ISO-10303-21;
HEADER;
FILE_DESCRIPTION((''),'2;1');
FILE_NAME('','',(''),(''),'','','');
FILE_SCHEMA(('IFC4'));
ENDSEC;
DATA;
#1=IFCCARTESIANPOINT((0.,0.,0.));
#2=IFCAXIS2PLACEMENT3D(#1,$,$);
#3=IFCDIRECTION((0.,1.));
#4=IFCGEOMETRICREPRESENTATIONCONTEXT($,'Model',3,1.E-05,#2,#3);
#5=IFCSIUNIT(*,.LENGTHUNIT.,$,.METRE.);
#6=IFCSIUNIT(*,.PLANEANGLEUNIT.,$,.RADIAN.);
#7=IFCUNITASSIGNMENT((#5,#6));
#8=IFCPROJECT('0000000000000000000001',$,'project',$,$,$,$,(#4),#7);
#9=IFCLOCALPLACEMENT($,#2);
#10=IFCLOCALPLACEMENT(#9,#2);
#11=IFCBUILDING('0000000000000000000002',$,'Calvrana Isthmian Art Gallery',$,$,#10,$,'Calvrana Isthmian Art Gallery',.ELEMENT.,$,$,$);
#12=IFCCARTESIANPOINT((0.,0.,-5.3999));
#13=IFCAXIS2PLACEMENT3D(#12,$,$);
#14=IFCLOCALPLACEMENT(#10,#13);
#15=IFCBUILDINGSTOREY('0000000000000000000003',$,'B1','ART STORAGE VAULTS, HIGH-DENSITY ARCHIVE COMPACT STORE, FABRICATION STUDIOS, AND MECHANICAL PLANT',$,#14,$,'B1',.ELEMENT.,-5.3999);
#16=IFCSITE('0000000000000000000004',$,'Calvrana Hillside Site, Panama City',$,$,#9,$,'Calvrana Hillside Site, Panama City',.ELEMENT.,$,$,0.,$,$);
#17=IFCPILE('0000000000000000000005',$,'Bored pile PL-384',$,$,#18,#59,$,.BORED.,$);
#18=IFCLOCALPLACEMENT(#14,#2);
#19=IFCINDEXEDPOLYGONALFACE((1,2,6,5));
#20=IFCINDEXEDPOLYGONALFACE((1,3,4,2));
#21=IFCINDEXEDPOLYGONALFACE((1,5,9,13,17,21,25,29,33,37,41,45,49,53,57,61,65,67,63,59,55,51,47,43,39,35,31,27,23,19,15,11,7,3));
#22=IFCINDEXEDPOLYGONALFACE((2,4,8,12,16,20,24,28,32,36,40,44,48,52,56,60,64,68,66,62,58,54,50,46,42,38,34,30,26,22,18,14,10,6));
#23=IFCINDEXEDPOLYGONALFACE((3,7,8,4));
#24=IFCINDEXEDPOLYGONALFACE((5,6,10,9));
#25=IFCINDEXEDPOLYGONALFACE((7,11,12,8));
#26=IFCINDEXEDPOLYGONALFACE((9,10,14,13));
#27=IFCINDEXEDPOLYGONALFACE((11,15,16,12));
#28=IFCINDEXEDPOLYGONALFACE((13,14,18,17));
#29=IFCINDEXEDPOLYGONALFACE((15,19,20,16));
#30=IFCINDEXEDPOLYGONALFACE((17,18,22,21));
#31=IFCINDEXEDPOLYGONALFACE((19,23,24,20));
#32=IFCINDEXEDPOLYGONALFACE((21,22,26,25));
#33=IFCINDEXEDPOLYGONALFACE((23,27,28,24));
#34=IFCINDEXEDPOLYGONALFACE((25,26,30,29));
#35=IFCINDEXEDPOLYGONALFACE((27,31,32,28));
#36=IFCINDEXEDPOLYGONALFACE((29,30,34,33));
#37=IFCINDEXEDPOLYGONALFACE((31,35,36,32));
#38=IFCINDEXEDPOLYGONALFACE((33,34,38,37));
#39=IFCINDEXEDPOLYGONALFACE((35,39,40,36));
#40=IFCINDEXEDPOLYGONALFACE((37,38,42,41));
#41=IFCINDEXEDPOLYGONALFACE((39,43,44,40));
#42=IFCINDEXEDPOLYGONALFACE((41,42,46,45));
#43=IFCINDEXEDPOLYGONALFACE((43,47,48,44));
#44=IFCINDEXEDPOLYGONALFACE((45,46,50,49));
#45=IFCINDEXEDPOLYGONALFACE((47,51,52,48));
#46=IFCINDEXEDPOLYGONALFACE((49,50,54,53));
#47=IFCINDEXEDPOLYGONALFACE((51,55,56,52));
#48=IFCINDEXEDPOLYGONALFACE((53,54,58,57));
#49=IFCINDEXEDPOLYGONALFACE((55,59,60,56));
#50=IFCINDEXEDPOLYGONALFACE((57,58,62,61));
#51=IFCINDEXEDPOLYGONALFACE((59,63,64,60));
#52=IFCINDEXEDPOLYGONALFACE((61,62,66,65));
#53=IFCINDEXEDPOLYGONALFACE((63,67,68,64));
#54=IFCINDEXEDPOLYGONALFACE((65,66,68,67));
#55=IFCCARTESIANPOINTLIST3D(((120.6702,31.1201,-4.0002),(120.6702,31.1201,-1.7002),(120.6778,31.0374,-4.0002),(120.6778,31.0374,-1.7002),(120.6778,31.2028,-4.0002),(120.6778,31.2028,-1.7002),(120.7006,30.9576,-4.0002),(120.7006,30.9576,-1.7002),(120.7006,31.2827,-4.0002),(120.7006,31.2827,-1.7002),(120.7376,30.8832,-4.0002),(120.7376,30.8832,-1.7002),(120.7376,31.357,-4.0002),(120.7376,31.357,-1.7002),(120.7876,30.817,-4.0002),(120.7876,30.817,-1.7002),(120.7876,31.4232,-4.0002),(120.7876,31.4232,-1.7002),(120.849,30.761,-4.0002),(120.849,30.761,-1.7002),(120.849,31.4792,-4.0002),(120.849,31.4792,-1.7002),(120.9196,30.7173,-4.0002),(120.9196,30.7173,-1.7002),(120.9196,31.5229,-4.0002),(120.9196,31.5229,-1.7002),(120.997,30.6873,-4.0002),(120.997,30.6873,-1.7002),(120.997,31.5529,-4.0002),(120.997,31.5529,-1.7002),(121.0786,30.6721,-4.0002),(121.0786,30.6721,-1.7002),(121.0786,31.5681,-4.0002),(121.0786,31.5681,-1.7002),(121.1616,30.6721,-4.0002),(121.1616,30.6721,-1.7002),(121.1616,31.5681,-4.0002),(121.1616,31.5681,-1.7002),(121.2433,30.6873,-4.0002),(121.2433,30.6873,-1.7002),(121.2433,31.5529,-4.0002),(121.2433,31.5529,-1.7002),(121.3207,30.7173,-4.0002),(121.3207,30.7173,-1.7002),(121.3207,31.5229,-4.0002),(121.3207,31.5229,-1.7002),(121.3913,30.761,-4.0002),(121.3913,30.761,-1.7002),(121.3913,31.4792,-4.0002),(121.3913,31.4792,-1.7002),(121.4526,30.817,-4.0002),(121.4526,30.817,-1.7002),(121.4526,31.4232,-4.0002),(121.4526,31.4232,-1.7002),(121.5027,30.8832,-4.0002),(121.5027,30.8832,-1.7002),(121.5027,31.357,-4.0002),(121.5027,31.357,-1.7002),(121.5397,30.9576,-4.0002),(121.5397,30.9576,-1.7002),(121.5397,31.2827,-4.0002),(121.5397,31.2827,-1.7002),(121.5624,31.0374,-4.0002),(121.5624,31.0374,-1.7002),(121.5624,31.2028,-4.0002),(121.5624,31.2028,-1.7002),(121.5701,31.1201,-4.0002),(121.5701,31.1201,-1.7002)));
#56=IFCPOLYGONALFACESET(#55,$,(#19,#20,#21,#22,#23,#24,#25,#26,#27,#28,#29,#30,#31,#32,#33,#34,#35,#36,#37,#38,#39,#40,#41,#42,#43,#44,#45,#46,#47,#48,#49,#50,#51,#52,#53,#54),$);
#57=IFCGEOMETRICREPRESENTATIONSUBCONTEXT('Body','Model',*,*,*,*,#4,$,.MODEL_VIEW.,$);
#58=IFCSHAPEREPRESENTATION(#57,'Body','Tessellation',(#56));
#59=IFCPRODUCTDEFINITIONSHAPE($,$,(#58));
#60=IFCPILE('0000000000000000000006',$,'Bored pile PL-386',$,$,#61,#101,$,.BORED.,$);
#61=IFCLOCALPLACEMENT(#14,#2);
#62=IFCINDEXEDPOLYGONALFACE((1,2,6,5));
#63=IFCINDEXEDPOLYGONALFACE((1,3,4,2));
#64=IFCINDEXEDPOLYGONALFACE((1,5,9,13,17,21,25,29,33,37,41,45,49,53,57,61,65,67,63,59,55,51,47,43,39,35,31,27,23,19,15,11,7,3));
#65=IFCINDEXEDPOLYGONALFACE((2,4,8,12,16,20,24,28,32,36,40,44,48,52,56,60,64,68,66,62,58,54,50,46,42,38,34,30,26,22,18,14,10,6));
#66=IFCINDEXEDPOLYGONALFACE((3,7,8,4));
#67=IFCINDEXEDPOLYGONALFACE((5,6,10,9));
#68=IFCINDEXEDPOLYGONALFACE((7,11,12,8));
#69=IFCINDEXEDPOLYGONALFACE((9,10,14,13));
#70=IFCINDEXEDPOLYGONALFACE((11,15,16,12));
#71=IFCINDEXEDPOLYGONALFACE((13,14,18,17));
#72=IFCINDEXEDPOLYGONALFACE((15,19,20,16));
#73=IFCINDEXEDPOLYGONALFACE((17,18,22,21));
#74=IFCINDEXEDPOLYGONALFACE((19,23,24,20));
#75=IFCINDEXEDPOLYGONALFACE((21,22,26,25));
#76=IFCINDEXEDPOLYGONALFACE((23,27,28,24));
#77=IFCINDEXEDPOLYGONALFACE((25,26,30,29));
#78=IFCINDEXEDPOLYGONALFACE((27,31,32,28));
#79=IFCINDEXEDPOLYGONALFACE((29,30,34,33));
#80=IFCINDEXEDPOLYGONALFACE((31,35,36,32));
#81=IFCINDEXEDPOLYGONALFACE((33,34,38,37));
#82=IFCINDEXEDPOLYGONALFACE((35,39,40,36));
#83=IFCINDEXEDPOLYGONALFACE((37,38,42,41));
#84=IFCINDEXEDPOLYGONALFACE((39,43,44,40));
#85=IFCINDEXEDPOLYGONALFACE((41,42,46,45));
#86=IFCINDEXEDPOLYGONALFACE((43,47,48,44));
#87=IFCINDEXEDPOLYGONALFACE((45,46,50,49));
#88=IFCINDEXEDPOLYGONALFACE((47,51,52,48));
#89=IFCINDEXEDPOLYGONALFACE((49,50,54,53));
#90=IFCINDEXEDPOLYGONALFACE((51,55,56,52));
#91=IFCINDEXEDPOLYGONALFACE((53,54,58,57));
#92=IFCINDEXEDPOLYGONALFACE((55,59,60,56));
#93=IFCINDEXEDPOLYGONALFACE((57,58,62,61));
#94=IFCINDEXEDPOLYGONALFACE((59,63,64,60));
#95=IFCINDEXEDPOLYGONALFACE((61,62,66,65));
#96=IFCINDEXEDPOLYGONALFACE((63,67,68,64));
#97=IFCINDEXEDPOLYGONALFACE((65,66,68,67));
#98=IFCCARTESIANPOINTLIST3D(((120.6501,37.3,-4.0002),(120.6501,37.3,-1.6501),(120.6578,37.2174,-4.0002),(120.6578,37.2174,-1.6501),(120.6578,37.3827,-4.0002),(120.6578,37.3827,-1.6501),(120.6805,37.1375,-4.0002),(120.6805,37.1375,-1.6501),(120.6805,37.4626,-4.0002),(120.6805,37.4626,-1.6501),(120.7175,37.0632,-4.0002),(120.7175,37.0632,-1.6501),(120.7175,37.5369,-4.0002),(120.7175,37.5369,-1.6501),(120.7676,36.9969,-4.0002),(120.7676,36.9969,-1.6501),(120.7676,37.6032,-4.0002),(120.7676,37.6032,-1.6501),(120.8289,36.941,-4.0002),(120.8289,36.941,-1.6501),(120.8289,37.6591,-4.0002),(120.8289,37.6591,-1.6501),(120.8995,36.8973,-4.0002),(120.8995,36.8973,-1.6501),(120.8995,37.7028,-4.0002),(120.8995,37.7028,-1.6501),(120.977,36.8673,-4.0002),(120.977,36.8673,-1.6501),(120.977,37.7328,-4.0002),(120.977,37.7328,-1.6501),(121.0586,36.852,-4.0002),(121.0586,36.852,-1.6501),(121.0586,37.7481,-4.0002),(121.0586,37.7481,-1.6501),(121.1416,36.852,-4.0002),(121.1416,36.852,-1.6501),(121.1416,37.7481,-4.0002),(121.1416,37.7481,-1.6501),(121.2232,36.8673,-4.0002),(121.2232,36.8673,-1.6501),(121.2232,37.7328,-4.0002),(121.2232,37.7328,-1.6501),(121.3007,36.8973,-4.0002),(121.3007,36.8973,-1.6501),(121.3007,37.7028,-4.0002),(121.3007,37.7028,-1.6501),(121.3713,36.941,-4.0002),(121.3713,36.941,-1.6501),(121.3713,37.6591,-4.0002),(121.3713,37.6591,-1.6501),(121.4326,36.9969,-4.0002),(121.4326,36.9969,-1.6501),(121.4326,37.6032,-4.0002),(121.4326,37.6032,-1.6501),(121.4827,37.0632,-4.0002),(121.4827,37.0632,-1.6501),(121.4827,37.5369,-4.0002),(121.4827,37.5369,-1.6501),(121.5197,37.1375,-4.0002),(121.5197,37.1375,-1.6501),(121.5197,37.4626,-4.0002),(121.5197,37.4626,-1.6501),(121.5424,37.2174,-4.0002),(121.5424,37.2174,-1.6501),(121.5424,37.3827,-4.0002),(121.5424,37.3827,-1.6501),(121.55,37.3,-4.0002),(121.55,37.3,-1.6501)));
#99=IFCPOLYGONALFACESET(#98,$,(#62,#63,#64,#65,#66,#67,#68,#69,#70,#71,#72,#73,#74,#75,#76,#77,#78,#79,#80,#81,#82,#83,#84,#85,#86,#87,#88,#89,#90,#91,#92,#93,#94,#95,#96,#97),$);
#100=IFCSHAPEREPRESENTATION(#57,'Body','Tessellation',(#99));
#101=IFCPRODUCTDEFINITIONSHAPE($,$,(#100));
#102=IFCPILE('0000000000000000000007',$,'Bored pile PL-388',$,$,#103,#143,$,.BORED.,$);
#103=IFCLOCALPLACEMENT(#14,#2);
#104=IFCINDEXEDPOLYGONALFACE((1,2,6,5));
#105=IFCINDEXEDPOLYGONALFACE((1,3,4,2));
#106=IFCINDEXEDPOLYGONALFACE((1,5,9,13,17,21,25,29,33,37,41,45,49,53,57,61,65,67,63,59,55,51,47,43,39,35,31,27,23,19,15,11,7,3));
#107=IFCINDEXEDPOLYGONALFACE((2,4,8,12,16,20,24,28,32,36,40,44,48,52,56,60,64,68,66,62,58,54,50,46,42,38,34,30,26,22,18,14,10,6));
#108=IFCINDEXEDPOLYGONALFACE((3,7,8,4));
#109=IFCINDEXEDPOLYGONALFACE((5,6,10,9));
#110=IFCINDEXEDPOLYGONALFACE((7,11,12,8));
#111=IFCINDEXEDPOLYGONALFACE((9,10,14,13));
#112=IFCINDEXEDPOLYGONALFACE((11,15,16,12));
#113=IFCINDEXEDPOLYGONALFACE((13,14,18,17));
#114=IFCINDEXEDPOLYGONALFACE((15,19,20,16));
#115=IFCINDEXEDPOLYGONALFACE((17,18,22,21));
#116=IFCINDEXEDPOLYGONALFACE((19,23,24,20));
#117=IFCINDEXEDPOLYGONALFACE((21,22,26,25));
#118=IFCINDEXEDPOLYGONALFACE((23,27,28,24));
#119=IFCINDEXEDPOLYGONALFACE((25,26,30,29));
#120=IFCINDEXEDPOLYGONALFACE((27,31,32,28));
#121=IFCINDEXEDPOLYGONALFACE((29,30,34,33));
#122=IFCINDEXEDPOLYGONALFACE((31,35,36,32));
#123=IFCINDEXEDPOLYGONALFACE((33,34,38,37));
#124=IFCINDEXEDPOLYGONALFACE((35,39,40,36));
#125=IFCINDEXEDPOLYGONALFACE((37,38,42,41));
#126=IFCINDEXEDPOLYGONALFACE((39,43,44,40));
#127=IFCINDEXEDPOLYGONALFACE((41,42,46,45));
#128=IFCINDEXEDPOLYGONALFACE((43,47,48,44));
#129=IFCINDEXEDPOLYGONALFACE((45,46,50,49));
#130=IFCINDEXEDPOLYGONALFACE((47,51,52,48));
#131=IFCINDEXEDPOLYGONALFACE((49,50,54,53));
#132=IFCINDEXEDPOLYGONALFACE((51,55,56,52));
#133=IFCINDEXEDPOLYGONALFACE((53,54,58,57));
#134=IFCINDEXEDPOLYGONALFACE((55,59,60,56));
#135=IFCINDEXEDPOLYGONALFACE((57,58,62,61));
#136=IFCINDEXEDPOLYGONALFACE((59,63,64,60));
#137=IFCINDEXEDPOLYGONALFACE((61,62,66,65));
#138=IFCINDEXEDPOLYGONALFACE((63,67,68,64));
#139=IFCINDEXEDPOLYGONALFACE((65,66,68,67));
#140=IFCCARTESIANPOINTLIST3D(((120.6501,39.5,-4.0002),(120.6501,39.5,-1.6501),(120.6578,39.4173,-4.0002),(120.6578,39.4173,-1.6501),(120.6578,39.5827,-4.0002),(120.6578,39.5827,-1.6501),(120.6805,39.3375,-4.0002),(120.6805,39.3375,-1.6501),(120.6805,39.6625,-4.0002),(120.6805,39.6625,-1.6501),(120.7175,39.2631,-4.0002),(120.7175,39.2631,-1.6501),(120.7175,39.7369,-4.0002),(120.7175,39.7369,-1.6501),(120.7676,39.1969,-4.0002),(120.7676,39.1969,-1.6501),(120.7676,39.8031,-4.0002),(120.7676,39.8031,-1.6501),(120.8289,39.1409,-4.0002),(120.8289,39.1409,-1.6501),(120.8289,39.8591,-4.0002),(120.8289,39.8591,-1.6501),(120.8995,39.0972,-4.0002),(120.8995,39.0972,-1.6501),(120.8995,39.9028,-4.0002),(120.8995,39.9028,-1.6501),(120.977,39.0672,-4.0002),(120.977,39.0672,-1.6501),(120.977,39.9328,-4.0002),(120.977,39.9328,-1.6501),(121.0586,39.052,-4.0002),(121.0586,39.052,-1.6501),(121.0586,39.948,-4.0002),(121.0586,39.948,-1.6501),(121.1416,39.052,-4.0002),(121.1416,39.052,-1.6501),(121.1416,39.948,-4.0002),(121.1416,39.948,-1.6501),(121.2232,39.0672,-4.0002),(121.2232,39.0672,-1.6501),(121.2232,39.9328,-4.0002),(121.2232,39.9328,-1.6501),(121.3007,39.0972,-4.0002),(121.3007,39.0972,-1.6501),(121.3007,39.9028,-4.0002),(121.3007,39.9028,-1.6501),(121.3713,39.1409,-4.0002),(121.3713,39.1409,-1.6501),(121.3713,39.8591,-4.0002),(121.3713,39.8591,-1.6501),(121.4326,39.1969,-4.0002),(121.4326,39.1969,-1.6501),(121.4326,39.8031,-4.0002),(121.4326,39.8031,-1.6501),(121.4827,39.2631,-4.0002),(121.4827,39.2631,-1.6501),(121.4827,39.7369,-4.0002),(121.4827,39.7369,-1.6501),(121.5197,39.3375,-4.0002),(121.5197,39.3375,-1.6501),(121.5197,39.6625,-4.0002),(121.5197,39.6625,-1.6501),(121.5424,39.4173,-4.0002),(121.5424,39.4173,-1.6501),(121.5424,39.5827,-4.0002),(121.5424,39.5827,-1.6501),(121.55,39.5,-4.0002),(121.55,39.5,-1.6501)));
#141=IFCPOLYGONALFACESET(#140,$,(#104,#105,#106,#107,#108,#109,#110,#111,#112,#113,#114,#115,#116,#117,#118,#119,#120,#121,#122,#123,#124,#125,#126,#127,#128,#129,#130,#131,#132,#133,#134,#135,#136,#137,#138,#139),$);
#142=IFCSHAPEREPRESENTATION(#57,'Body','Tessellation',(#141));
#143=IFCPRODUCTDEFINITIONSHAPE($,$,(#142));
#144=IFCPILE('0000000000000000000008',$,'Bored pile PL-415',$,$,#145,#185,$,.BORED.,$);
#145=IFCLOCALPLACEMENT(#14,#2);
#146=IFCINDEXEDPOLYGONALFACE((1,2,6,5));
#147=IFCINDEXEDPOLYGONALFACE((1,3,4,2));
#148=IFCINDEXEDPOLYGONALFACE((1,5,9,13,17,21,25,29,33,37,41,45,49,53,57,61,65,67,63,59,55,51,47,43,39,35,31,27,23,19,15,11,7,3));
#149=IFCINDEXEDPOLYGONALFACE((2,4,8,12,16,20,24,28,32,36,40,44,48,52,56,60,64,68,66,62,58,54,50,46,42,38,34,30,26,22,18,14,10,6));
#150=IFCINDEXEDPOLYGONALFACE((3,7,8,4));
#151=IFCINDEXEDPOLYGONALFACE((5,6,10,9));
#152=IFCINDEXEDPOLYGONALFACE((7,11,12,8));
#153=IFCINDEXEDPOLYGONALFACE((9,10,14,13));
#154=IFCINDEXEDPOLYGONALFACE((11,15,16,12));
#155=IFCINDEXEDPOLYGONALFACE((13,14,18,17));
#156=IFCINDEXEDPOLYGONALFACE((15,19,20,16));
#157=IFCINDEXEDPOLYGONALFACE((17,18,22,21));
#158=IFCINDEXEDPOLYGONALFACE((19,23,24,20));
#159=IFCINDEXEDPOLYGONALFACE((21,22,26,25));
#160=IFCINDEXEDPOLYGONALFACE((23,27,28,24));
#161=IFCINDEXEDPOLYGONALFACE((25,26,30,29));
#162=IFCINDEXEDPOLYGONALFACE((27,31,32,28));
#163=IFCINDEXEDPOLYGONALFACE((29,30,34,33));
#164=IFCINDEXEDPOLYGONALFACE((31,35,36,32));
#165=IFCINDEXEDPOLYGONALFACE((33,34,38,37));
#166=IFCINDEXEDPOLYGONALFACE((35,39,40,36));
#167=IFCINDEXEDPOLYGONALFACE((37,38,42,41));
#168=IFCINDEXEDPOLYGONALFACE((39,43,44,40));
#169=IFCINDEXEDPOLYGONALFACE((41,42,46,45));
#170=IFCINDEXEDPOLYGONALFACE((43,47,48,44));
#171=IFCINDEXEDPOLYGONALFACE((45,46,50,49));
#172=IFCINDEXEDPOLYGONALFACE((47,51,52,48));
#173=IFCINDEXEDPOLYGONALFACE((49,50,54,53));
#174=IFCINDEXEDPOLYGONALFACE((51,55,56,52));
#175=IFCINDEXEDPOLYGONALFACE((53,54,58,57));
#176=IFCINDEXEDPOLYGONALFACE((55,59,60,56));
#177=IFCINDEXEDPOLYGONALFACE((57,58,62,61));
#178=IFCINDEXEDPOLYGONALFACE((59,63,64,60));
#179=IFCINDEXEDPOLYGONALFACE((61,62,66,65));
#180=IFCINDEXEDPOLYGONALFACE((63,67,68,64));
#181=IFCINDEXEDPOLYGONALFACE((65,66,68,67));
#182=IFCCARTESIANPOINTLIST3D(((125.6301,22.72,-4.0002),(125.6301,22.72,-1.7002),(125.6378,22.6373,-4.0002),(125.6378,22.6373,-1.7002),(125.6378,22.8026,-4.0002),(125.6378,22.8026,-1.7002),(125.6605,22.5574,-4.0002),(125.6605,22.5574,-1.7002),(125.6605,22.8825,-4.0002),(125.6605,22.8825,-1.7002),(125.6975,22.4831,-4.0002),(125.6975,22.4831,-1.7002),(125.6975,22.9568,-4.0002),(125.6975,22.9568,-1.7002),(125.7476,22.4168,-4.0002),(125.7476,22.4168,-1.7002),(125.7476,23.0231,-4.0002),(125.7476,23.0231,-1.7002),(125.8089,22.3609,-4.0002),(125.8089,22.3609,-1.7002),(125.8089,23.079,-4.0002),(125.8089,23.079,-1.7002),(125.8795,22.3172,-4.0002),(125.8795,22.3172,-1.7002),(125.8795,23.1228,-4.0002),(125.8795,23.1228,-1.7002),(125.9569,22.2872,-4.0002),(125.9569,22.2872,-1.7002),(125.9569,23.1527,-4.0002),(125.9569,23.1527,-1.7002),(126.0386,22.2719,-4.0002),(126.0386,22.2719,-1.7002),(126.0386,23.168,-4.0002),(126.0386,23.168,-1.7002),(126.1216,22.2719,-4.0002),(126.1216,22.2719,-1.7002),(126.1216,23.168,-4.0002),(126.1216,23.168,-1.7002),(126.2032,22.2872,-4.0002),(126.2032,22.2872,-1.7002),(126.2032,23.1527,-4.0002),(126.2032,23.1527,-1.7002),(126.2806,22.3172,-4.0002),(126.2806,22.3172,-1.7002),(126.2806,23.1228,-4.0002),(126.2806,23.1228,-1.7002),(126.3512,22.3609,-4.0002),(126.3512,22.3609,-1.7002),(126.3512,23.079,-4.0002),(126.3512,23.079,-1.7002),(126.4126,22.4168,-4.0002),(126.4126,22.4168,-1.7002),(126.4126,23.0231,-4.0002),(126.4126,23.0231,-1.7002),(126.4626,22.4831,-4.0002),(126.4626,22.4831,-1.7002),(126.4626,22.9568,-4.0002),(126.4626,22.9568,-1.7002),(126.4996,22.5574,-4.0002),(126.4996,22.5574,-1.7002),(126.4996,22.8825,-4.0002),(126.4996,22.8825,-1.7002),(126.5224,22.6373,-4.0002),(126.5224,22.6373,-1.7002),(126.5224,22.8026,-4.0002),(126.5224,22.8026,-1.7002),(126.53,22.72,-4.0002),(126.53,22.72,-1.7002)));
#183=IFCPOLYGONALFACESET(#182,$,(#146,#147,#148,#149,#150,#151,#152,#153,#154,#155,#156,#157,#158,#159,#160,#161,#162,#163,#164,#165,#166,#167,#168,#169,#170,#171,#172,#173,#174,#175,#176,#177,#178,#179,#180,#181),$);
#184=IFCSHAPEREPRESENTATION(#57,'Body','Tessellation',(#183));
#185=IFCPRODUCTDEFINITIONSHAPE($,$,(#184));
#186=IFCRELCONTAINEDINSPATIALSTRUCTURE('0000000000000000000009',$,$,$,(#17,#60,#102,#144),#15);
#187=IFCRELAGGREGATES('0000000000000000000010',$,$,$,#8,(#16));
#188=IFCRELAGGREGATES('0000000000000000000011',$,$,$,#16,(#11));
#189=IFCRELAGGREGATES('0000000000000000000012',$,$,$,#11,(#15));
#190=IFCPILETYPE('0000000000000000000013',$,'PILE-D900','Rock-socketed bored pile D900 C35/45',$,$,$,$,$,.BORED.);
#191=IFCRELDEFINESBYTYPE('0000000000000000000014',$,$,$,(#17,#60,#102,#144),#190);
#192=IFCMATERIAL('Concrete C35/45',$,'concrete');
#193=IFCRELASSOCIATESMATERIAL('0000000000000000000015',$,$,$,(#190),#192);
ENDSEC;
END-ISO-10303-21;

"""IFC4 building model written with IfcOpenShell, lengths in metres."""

from ifc_helpers import new_model, si_unit, direction, frame, origin, origin_2d, place, context, subcontext, project, spatial, circle, extrude, material, material_profile, profile_set, type_object, element, save


model = new_model("IFC4")

# Units and contexts
model_context = context("Model", 3, precision=1e-05, world=origin(), true_north=direction((0.0, 1.0)))
body_context = subcontext(model_context, "Body", "Model", "MODEL_VIEW")
ifc_project = project(units=[si_unit("LENGTHUNIT", "METRE"), si_unit("PLANEANGLEUNIT", "RADIAN")], contexts=[model_context])

# Site, building, storey
site_placement = place(None, origin())
site = spatial("IfcSite", under=ifc_project, at=site_placement, Name="Calvrana Hillside Site, Panama City", LongName="Calvrana Hillside Site, Panama City", CompositionType="ELEMENT", RefElevation=0.0)
building_placement = place(site_placement, origin())
building = spatial("IfcBuilding", under=site, at=building_placement, Name="Calvrana Isthmian Art Gallery", LongName="Calvrana Isthmian Art Gallery", CompositionType="ELEMENT")
storey_placement = place(building_placement, frame((0.0, 0.0, -5.3999)))
storey = spatial("IfcBuildingStorey", under=building, at=storey_placement, Name="B1", Description="ART STORAGE VAULTS, HIGH-DENSITY ARCHIVE COMPACT STORE, FABRICATION STUDIOS, AND MECHANICAL PLANT", LongName="B1", CompositionType="ELEMENT", Elevation=-5.3999)

# Shared definitions
ifc_material_1 = material(Name="Concrete C35/45", Category="concrete")

# Piles
ifc_material_profile_1 = material_profile(ifc_material_1, circle(Radius=0.45, at=origin_2d()), Name="PILE900D")
ifc_profile_set_1 = profile_set([ifc_material_profile_1], Name="Concrete C35/45")
pile_type_1 = type_object("IfcPileType", Name="PILE-D900", Description="Rock-socketed bored pile D900 C35/45", PredefinedType="BORED", material=ifc_profile_set_1)
for number, where, z_axis, x_axis, name in (
    (1, (121.1201, 31.1201, -1.7002), (0.0, 0.0, -1.0), (1.0, 0.0, 0.0), "Bored pile PL-384"),
):
    element("IfcPile", number, at=place(storey_placement, frame(where, z_axis=z_axis, x_axis=x_axis)), inside=storey, type_object=pile_type_1, Name=name, PredefinedType="BORED", context=body_context, shape_type="SweptSolid", body=[
        extrude(circle(Radius=0.45, at=origin_2d()), origin(), (0.0, 0.0, 1.0), 2.3),
    ])
for number, where, z_axis, x_axis, name in (
    (2, (121.1001, 37.3, -1.6501), (0.0, 0.0, -1.0), (1.0, 0.0, 0.0), "Bored pile PL-386"),
    (3, (121.1001, 39.5, -1.6501), (0.0, 0.0, -1.0), (1.0, 0.0, 0.0), "Bored pile PL-388"),
):
    element("IfcPile", number, at=place(storey_placement, frame(where, z_axis=z_axis, x_axis=x_axis)), inside=storey, type_object=pile_type_1, Name=name, PredefinedType="BORED", context=body_context, shape_type="SweptSolid", body=[
        extrude(circle(Radius=0.45, at=origin_2d()), origin(), (0.0, 0.0, 1.0), 2.3501),
    ])
for number, where, z_axis, x_axis, name in (
    (4, (126.0801, 22.72, -1.7002), (0.0, 0.0, -1.0), (1.0, 0.0, 0.0), "Bored pile PL-415"),
):
    element("IfcPile", number, at=place(storey_placement, frame(where, z_axis=z_axis, x_axis=x_axis)), inside=storey, type_object=pile_type_1, Name=name, PredefinedType="BORED", context=body_context, shape_type="SweptSolid", body=[
        extrude(circle(Radius=0.45, at=origin_2d()), origin(), (0.0, 0.0, 1.0), 2.3),
    ])

save(model, "model.ifc")
